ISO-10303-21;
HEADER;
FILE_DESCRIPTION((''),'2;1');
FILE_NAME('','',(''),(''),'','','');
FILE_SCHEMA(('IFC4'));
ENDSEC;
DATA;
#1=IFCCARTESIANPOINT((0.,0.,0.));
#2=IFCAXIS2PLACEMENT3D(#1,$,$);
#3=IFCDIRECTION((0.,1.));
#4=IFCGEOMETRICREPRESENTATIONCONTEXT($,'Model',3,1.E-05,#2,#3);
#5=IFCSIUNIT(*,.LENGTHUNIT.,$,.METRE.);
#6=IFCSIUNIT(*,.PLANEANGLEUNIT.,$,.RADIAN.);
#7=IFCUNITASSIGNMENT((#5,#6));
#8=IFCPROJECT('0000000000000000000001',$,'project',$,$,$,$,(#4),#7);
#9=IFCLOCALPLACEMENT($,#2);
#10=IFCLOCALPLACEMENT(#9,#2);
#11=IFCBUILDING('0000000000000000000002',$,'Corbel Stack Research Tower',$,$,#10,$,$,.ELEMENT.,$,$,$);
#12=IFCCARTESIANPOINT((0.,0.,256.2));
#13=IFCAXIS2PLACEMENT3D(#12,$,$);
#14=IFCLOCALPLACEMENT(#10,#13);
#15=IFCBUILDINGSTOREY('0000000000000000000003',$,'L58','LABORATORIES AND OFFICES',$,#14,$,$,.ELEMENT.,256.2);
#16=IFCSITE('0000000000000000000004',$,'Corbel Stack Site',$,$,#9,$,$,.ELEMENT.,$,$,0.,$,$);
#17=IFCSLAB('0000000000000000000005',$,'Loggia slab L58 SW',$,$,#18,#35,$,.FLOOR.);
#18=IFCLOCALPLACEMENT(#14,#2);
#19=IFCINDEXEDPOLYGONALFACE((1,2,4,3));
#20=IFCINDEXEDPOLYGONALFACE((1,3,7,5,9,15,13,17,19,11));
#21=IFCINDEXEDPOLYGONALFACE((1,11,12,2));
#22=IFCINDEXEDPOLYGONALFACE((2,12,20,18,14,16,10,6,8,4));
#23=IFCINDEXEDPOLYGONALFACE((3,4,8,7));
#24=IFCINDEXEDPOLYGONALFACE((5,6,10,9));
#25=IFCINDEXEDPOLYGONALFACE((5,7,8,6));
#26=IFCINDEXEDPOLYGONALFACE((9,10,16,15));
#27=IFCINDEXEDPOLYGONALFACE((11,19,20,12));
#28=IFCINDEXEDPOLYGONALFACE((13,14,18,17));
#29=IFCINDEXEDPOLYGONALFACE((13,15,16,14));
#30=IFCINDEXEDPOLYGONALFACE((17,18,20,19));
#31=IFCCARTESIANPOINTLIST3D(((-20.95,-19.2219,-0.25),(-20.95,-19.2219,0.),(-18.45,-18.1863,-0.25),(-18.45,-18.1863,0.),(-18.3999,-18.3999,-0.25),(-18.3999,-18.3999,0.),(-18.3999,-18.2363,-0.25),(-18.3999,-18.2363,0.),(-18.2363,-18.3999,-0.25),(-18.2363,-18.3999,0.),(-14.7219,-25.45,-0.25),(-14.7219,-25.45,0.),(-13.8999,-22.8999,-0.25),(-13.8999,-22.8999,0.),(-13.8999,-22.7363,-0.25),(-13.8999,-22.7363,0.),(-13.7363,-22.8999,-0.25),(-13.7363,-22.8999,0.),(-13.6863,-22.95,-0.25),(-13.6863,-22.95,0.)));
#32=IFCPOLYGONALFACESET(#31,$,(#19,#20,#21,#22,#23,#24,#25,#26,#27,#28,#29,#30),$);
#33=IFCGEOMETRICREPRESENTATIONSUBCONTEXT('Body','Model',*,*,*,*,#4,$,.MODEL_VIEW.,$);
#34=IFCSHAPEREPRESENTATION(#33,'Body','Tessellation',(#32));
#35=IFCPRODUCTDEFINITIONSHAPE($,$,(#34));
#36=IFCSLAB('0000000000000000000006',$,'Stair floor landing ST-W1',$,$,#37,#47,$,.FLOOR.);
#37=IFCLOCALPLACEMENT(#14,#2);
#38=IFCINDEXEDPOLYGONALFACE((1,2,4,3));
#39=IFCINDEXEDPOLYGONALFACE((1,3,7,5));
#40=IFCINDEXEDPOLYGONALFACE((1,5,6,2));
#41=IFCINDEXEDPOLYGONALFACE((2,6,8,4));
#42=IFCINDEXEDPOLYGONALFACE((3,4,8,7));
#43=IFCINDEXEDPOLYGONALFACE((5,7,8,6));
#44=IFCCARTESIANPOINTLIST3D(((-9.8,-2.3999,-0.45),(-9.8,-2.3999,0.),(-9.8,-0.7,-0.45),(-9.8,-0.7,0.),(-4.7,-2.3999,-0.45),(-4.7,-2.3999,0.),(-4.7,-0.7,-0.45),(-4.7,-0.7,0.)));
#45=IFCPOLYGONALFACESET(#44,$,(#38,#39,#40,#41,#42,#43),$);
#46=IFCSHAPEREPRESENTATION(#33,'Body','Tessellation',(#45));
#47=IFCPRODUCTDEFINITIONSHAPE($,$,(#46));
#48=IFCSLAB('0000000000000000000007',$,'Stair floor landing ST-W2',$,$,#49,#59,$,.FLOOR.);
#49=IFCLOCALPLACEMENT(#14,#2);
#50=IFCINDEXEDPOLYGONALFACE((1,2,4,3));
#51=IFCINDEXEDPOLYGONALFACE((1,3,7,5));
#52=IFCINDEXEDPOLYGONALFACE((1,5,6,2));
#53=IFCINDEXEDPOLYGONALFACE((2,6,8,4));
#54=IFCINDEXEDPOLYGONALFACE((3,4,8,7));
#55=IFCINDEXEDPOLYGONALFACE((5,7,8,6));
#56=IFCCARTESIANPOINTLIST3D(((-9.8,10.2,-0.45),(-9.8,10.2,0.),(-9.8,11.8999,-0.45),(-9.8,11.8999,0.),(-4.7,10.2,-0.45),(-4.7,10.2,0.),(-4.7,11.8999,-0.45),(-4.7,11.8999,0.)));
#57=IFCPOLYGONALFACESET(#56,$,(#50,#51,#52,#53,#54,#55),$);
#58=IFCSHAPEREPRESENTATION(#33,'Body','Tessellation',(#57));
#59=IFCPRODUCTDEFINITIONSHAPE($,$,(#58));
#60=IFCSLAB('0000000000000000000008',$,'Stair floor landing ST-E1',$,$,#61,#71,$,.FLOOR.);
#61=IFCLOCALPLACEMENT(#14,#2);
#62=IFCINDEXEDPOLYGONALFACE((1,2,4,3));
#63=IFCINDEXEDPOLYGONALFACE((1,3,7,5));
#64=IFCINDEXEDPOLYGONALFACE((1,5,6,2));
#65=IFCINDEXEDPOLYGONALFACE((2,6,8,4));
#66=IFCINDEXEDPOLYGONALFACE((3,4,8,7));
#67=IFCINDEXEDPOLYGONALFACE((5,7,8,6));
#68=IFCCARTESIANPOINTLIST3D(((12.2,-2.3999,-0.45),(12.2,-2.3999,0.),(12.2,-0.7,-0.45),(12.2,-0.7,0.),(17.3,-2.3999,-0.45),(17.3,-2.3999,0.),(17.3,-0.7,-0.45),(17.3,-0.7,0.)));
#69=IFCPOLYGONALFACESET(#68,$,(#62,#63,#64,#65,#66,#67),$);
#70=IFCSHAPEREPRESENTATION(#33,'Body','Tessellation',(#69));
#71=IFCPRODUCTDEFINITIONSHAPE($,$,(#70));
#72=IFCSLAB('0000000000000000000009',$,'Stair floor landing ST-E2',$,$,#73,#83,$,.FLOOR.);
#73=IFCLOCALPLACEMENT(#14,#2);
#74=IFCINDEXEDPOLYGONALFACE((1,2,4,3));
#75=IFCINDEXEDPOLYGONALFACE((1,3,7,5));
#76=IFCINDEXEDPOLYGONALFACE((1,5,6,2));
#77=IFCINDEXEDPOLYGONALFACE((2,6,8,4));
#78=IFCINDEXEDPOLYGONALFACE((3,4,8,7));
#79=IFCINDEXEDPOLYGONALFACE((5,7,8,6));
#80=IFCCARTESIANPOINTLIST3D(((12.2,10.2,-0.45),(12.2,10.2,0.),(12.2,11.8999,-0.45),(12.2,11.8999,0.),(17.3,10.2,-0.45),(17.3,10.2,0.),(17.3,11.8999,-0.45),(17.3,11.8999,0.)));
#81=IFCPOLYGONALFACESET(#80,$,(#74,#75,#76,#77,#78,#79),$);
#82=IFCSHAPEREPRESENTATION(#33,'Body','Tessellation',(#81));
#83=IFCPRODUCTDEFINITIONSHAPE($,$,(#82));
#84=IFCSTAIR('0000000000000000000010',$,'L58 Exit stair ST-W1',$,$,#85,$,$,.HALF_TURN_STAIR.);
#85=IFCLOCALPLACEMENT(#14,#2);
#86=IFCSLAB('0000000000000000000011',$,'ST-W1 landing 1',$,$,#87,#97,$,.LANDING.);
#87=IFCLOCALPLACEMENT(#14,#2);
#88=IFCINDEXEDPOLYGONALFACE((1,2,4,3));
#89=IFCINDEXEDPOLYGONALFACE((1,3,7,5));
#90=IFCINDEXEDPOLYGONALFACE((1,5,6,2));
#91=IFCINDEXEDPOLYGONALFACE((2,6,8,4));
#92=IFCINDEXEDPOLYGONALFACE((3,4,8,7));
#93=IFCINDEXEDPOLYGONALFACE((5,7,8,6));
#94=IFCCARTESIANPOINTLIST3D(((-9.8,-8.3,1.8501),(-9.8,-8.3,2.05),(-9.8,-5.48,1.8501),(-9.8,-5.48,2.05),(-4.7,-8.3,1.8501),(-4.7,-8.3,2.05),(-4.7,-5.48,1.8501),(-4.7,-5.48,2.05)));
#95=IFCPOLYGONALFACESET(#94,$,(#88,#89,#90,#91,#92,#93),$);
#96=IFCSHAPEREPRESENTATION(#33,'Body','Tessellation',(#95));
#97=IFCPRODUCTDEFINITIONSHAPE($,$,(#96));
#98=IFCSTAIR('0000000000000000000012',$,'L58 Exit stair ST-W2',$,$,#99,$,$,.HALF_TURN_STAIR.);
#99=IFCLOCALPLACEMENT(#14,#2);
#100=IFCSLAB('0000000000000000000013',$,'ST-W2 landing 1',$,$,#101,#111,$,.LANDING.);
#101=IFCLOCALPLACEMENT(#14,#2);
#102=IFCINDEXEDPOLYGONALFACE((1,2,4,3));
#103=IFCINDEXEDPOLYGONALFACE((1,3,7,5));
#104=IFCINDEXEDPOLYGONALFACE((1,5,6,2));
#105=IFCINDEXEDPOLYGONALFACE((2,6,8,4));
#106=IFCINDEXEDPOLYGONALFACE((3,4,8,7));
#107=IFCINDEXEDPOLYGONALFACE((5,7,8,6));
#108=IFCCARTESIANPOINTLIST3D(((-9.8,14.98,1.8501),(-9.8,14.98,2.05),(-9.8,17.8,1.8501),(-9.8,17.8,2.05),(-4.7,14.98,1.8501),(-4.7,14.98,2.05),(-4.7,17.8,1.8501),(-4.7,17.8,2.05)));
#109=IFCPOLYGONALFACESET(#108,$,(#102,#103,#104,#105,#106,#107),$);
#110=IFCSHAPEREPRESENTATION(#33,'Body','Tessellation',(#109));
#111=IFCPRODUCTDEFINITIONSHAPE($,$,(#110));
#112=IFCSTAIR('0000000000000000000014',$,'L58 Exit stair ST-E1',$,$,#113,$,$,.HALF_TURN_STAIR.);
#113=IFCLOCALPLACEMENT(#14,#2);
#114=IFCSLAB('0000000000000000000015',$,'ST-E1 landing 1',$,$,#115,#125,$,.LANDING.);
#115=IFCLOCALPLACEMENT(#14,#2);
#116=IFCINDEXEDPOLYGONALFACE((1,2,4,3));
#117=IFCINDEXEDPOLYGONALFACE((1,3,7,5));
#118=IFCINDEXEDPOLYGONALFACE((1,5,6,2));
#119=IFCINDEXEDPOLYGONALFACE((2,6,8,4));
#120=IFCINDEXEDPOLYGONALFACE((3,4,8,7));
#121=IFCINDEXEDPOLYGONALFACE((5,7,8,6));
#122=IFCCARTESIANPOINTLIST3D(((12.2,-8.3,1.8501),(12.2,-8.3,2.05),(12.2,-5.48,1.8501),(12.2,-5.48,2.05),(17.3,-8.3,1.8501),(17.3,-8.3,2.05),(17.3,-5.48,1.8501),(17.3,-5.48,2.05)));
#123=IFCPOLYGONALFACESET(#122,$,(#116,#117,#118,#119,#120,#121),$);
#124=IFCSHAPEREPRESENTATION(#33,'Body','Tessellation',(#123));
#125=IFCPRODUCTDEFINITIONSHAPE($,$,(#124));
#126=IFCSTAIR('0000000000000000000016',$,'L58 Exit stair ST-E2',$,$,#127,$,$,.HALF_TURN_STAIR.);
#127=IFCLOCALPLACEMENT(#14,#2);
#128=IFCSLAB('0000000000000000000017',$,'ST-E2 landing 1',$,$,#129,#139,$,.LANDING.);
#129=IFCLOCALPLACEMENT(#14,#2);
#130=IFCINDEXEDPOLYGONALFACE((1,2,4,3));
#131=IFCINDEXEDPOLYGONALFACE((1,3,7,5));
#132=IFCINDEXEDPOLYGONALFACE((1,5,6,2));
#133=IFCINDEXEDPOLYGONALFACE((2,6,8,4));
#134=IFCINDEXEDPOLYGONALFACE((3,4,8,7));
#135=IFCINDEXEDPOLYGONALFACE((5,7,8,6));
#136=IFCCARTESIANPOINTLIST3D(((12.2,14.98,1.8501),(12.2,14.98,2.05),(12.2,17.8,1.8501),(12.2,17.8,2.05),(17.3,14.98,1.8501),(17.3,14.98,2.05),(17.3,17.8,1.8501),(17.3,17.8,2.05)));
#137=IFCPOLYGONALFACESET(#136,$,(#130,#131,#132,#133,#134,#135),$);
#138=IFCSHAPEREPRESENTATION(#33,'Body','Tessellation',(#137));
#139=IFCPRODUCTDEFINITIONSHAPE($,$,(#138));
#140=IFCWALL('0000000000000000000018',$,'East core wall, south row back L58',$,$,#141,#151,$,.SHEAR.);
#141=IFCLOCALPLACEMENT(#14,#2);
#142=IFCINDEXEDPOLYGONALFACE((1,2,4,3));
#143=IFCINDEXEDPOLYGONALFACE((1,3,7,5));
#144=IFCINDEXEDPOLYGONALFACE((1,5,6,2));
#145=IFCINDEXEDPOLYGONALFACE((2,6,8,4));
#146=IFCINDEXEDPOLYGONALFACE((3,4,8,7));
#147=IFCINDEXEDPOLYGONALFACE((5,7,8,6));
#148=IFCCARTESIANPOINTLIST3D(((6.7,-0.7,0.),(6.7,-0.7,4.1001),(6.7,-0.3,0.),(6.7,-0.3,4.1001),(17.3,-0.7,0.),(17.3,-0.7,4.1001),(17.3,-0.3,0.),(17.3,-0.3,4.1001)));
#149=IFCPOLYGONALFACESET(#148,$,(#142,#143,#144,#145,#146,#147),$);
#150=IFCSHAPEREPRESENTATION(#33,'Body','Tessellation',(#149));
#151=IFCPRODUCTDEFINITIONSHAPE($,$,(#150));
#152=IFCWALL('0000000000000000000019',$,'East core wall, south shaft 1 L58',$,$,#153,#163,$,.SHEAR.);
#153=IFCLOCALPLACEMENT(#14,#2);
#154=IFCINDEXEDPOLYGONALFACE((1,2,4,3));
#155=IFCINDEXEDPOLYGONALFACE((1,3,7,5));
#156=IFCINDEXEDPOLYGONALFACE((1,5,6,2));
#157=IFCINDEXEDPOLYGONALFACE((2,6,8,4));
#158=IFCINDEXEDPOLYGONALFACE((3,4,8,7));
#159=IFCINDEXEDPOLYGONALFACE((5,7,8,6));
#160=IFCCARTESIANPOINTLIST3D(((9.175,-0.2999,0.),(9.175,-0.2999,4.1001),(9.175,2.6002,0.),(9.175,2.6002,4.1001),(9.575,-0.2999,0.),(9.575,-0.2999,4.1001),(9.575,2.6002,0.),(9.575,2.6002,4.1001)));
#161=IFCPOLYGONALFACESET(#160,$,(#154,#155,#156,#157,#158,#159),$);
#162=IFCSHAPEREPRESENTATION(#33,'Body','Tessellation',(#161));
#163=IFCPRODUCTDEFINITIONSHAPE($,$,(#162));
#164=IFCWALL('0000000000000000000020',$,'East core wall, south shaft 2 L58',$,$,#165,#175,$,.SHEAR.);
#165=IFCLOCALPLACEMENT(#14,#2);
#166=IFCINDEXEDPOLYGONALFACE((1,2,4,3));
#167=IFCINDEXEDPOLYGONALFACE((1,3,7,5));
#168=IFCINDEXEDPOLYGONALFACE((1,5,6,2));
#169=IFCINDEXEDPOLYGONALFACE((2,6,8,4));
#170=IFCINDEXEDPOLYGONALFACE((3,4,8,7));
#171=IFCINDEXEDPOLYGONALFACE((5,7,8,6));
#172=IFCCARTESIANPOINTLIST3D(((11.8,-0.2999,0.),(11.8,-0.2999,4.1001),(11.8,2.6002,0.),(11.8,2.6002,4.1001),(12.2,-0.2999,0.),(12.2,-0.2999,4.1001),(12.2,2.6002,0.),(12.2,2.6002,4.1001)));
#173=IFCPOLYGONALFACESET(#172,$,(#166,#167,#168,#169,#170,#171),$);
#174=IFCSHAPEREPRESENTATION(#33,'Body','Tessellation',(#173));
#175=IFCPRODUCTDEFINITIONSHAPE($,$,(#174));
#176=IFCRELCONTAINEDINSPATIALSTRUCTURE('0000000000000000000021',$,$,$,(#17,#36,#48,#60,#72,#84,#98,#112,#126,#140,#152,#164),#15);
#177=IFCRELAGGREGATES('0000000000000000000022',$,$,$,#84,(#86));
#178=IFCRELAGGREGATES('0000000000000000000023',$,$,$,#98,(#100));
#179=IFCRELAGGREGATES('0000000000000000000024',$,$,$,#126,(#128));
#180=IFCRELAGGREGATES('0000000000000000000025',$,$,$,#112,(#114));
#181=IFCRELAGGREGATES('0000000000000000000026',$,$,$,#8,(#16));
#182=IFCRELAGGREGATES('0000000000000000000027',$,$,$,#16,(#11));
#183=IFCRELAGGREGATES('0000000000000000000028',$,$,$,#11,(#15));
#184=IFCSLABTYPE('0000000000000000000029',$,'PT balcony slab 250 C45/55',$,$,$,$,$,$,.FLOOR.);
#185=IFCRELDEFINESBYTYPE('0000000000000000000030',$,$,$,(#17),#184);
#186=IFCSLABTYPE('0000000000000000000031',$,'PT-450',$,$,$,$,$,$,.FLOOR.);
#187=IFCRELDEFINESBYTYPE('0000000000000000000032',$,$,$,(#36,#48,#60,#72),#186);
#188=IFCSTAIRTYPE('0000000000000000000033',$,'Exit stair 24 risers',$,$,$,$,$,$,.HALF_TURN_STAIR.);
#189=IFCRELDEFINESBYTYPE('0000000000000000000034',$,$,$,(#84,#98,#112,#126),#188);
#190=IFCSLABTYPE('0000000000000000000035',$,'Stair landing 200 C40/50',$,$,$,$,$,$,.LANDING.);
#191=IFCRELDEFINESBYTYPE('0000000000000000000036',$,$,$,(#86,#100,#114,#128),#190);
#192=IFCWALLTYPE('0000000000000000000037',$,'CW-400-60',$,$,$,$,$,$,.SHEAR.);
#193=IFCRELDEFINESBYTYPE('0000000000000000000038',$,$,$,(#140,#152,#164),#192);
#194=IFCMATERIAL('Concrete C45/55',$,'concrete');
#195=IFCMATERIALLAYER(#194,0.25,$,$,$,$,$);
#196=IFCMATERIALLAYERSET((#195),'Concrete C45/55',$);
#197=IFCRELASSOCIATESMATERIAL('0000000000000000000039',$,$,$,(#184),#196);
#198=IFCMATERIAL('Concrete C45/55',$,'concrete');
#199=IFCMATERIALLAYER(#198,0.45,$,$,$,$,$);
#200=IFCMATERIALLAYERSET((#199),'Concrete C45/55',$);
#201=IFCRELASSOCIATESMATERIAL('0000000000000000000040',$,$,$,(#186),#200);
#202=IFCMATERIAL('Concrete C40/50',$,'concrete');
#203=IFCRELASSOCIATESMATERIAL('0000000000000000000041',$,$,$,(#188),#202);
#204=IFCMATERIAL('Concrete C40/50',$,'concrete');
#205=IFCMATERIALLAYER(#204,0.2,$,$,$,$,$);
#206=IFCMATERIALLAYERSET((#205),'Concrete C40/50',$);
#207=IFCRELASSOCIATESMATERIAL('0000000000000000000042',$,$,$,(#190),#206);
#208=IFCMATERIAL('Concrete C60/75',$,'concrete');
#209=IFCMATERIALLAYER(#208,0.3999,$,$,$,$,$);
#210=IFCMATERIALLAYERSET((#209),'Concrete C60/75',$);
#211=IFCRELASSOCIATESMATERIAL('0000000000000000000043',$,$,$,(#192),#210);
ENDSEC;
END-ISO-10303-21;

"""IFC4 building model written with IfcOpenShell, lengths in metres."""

from ifc_helpers import new_model, si_unit, direction, frame, frame_2d, origin, place, context, subcontext, project, spatial, polyline, rectangle, outline, extrude, material, layer, layer_set, type_object, element, aggregate, save


model = new_model("IFC4")

# Units and contexts
model_context = context("Model", 3, precision=1e-05, world=origin(), true_north=direction((0.0, 1.0)))
body_context = subcontext(model_context, "Body", "Model", "MODEL_VIEW")
ifc_project = project(units=[si_unit("LENGTHUNIT", "METRE"), si_unit("PLANEANGLEUNIT", "RADIAN")], contexts=[model_context])

# Site, building, storey
site_placement = place(None, origin())
site = spatial("IfcSite", under=ifc_project, at=site_placement, Name="Corbel Stack Site", CompositionType="ELEMENT", RefElevation=0.0)
building_placement = place(site_placement, origin())
building = spatial("IfcBuilding", under=site, at=building_placement, Name="Corbel Stack Research Tower", CompositionType="ELEMENT")
storey_placement = place(building_placement, frame((0.0, 0.0, 256.2)))
storey = spatial("IfcBuildingStorey", under=building, at=storey_placement, Name="L58", Description="LABORATORIES AND OFFICES", CompositionType="ELEMENT", Elevation=256.2)

# Slabs
ifc_material_1 = material(Name="Concrete C45/55", Category="concrete")
ifc_layer_1 = layer(ifc_material_1, 0.25)
ifc_layer_set_1 = layer_set([ifc_layer_1], Name="Concrete C45/55")
slab_type_1 = type_object("IfcSlabType", Name="PT balcony slab 250 C45/55", PredefinedType="FLOOR", material=ifc_layer_set_1)
slab_1_placement = place(storey_placement, frame((0.0, 0.0, -0.25)))
element("IfcSlab", 1, at=slab_1_placement, inside=storey, type_object=slab_type_1, Name="Loggia slab L58 SW", PredefinedType="FLOOR", context=body_context, shape_type="SweptSolid", body=[
    extrude(outline(polyline([(-13.6863, -22.95), (-13.7363, -22.8999), (-13.8999, -22.8999), (-13.8999, -22.7363), (-18.2363, -18.3999), (-18.3999, -18.3999), (-18.3999, -18.2363), (-18.45, -18.1863), (-20.95, -19.2219), (-14.7219, -25.45), (-13.6863, -22.95)])), origin(), (0.0, 0.0, 1.0), 0.25),
])
ifc_material_2 = material(Name="Concrete C45/55", Category="concrete")
ifc_layer_2 = layer(ifc_material_2, 0.45)
ifc_layer_set_2 = layer_set([ifc_layer_2], Name="Concrete C45/55")
slab_type_2 = type_object("IfcSlabType", Name="PT-450", PredefinedType="FLOOR", material=ifc_layer_set_2)
slab_2_placement = place(storey_placement, frame((0.0, 0.0, -0.45)))
element("IfcSlab", 2, at=slab_2_placement, inside=storey, type_object=slab_type_2, Name="Stair floor landing ST-W1", PredefinedType="FLOOR", context=body_context, shape_type="SweptSolid", body=[
    extrude(outline(polyline([(-9.8, -2.3999), (-4.7, -2.3999), (-4.7, -0.7), (-9.8, -0.7), (-9.8, -2.3999)])), origin(), (0.0, 0.0, 1.0), 0.45),
])
slab_3_placement = place(storey_placement, frame((0.0, 0.0, -0.45)))
element("IfcSlab", 3, at=slab_3_placement, inside=storey, type_object=slab_type_2, Name="Stair floor landing ST-W2", PredefinedType="FLOOR", context=body_context, shape_type="SweptSolid", body=[
    extrude(outline(polyline([(-9.8, 10.2), (-4.7, 10.2), (-4.7, 11.8999), (-9.8, 11.8999), (-9.8, 10.2)])), origin(), (0.0, 0.0, 1.0), 0.45),
])
slab_4_placement = place(storey_placement, frame((0.0, 0.0, -0.45)))
element("IfcSlab", 4, at=slab_4_placement, inside=storey, type_object=slab_type_2, Name="Stair floor landing ST-E1", PredefinedType="FLOOR", context=body_context, shape_type="SweptSolid", body=[
    extrude(outline(polyline([(12.2, -2.3999), (17.3, -2.3999), (17.3, -0.7), (12.2, -0.7), (12.2, -2.3999)])), origin(), (0.0, 0.0, 1.0), 0.45),
])
slab_5_placement = place(storey_placement, frame((0.0, 0.0, -0.45)))
element("IfcSlab", 5, at=slab_5_placement, inside=storey, type_object=slab_type_2, Name="Stair floor landing ST-E2", PredefinedType="FLOOR", context=body_context, shape_type="SweptSolid", body=[
    extrude(outline(polyline([(12.2, 10.2), (17.3, 10.2), (17.3, 11.8999), (12.2, 11.8999), (12.2, 10.2)])), origin(), (0.0, 0.0, 1.0), 0.45),
])

# Stairs, slabs
ifc_material_3 = material(Name="Concrete C40/50", Category="concrete")
stair_type = type_object("IfcStairType", Name="Exit stair 24 risers", PredefinedType="HALF_TURN_STAIR", material=ifc_material_3)
stair_1_placement = place(storey_placement, origin())
stair_1 = element("IfcStair", 6, at=stair_1_placement, inside=storey, type_object=stair_type, Name="L58 Exit stair ST-W1", PredefinedType="HALF_TURN_STAIR")
ifc_material_4 = material(Name="Concrete C40/50", Category="concrete")
ifc_layer_3 = layer(ifc_material_4, 0.2)
ifc_layer_set_3 = layer_set([ifc_layer_3], Name="Concrete C40/50")
slab_type_3 = type_object("IfcSlabType", Name="Stair landing 200 C40/50", PredefinedType="LANDING", material=ifc_layer_set_3)
slab_6_placement = place(storey_placement, frame((0.0, 0.0, 1.8501)))
slab_6 = element("IfcSlab", 7, at=slab_6_placement, type_object=slab_type_3, Name="ST-W1 landing 1", PredefinedType="LANDING", context=body_context, shape_type="SweptSolid", body=[
    extrude(outline(polyline([(-9.8, -8.3), (-9.8, -5.48), (-4.7, -5.48), (-4.7, -8.3), (-9.8, -8.3)])), origin(), (0.0, 0.0, 1.0), 0.2),
])
aggregate(stair_1, [slab_6])
stair_2_placement = place(storey_placement, origin())
stair_2 = element("IfcStair", 8, at=stair_2_placement, inside=storey, type_object=stair_type, Name="L58 Exit stair ST-W2", PredefinedType="HALF_TURN_STAIR")
slab_7_placement = place(storey_placement, frame((0.0, 0.0, 1.8501)))
slab_7 = element("IfcSlab", 9, at=slab_7_placement, type_object=slab_type_3, Name="ST-W2 landing 1", PredefinedType="LANDING", context=body_context, shape_type="SweptSolid", body=[
    extrude(outline(polyline([(-9.8, 14.98), (-9.8, 17.8), (-4.7, 17.8), (-4.7, 14.98), (-9.8, 14.98)])), origin(), (0.0, 0.0, 1.0), 0.2),
])
aggregate(stair_2, [slab_7])
stair_3_placement = place(storey_placement, origin())
stair_3 = element("IfcStair", 10, at=stair_3_placement, inside=storey, type_object=stair_type, Name="L58 Exit stair ST-E1", PredefinedType="HALF_TURN_STAIR")
slab_8_placement = place(storey_placement, frame((0.0, 0.0, 1.8501)))
slab_8 = element("IfcSlab", 11, at=slab_8_placement, type_object=slab_type_3, Name="ST-E1 landing 1", PredefinedType="LANDING", context=body_context, shape_type="SweptSolid", body=[
    extrude(outline(polyline([(12.2, -8.3), (12.2, -5.48), (17.3, -5.48), (17.3, -8.3), (12.2, -8.3)])), origin(), (0.0, 0.0, 1.0), 0.2),
])
stair_4_placement = place(storey_placement, origin())
stair_4 = element("IfcStair", 12, at=stair_4_placement, inside=storey, type_object=stair_type, Name="L58 Exit stair ST-E2", PredefinedType="HALF_TURN_STAIR")
slab_9_placement = place(storey_placement, frame((0.0, 0.0, 1.8501)))
slab_9 = element("IfcSlab", 13, at=slab_9_placement, type_object=slab_type_3, Name="ST-E2 landing 1", PredefinedType="LANDING", context=body_context, shape_type="SweptSolid", body=[
    extrude(outline(polyline([(12.2, 14.98), (12.2, 17.8), (17.3, 17.8), (17.3, 14.98), (12.2, 14.98)])), origin(), (0.0, 0.0, 1.0), 0.2),
])
aggregate(stair_4, [slab_9])

# Walls
ifc_material_5 = material(Name="Concrete C60/75", Category="concrete")
ifc_layer_4 = layer(ifc_material_5, 0.3999)
ifc_layer_set_4 = layer_set([ifc_layer_4], Name="Concrete C60/75")
wall_type_1 = type_object("IfcWallType", Name="CW-400-60", PredefinedType="SHEAR", material=ifc_layer_set_4)
wall_1_placement = place(storey_placement, frame((6.7, -0.5, 0.0), z_axis=(0.0, 0.0, 1.0), x_axis=(1.0, 0.0, 0.0)))
element("IfcWall", 14, at=wall_1_placement, inside=storey, type_object=wall_type_1, Name="East core wall, south row back L58", PredefinedType="SHEAR", context=body_context, shape_type="SweptSolid", body=[
    extrude(rectangle(XDim=10.6001, YDim=0.3999, at=frame_2d((5.3, 0.0))), origin(), (0.0, 0.0, 1.0), 4.1001),
])
for number, where, z_axis, x_axis, name in (
    (15, (9.375, -0.3, 0.0), (0.0, 0.0, 1.0), (0.0, 1.0, 0.0), "East core wall, south shaft 1 L58"),
    (16, (12.0, -0.3, 0.0), (0.0, 0.0, 1.0), (0.0, 1.0, 0.0), "East core wall, south shaft 2 L58"),
):
    element("IfcWall", number, at=place(storey_placement, frame(where, z_axis=z_axis, x_axis=x_axis)), inside=storey, type_object=wall_type_1, Name=name, PredefinedType="SHEAR", context=body_context, shape_type="SweptSolid", body=[
        extrude(rectangle(XDim=2.9001, YDim=0.3999, at=frame_2d((1.4502, 0.0))), origin(), (0.0, 0.0, 1.0), 4.1001),
    ])

aggregate(stair_3, [slab_8])

save(model, "model.ifc")
